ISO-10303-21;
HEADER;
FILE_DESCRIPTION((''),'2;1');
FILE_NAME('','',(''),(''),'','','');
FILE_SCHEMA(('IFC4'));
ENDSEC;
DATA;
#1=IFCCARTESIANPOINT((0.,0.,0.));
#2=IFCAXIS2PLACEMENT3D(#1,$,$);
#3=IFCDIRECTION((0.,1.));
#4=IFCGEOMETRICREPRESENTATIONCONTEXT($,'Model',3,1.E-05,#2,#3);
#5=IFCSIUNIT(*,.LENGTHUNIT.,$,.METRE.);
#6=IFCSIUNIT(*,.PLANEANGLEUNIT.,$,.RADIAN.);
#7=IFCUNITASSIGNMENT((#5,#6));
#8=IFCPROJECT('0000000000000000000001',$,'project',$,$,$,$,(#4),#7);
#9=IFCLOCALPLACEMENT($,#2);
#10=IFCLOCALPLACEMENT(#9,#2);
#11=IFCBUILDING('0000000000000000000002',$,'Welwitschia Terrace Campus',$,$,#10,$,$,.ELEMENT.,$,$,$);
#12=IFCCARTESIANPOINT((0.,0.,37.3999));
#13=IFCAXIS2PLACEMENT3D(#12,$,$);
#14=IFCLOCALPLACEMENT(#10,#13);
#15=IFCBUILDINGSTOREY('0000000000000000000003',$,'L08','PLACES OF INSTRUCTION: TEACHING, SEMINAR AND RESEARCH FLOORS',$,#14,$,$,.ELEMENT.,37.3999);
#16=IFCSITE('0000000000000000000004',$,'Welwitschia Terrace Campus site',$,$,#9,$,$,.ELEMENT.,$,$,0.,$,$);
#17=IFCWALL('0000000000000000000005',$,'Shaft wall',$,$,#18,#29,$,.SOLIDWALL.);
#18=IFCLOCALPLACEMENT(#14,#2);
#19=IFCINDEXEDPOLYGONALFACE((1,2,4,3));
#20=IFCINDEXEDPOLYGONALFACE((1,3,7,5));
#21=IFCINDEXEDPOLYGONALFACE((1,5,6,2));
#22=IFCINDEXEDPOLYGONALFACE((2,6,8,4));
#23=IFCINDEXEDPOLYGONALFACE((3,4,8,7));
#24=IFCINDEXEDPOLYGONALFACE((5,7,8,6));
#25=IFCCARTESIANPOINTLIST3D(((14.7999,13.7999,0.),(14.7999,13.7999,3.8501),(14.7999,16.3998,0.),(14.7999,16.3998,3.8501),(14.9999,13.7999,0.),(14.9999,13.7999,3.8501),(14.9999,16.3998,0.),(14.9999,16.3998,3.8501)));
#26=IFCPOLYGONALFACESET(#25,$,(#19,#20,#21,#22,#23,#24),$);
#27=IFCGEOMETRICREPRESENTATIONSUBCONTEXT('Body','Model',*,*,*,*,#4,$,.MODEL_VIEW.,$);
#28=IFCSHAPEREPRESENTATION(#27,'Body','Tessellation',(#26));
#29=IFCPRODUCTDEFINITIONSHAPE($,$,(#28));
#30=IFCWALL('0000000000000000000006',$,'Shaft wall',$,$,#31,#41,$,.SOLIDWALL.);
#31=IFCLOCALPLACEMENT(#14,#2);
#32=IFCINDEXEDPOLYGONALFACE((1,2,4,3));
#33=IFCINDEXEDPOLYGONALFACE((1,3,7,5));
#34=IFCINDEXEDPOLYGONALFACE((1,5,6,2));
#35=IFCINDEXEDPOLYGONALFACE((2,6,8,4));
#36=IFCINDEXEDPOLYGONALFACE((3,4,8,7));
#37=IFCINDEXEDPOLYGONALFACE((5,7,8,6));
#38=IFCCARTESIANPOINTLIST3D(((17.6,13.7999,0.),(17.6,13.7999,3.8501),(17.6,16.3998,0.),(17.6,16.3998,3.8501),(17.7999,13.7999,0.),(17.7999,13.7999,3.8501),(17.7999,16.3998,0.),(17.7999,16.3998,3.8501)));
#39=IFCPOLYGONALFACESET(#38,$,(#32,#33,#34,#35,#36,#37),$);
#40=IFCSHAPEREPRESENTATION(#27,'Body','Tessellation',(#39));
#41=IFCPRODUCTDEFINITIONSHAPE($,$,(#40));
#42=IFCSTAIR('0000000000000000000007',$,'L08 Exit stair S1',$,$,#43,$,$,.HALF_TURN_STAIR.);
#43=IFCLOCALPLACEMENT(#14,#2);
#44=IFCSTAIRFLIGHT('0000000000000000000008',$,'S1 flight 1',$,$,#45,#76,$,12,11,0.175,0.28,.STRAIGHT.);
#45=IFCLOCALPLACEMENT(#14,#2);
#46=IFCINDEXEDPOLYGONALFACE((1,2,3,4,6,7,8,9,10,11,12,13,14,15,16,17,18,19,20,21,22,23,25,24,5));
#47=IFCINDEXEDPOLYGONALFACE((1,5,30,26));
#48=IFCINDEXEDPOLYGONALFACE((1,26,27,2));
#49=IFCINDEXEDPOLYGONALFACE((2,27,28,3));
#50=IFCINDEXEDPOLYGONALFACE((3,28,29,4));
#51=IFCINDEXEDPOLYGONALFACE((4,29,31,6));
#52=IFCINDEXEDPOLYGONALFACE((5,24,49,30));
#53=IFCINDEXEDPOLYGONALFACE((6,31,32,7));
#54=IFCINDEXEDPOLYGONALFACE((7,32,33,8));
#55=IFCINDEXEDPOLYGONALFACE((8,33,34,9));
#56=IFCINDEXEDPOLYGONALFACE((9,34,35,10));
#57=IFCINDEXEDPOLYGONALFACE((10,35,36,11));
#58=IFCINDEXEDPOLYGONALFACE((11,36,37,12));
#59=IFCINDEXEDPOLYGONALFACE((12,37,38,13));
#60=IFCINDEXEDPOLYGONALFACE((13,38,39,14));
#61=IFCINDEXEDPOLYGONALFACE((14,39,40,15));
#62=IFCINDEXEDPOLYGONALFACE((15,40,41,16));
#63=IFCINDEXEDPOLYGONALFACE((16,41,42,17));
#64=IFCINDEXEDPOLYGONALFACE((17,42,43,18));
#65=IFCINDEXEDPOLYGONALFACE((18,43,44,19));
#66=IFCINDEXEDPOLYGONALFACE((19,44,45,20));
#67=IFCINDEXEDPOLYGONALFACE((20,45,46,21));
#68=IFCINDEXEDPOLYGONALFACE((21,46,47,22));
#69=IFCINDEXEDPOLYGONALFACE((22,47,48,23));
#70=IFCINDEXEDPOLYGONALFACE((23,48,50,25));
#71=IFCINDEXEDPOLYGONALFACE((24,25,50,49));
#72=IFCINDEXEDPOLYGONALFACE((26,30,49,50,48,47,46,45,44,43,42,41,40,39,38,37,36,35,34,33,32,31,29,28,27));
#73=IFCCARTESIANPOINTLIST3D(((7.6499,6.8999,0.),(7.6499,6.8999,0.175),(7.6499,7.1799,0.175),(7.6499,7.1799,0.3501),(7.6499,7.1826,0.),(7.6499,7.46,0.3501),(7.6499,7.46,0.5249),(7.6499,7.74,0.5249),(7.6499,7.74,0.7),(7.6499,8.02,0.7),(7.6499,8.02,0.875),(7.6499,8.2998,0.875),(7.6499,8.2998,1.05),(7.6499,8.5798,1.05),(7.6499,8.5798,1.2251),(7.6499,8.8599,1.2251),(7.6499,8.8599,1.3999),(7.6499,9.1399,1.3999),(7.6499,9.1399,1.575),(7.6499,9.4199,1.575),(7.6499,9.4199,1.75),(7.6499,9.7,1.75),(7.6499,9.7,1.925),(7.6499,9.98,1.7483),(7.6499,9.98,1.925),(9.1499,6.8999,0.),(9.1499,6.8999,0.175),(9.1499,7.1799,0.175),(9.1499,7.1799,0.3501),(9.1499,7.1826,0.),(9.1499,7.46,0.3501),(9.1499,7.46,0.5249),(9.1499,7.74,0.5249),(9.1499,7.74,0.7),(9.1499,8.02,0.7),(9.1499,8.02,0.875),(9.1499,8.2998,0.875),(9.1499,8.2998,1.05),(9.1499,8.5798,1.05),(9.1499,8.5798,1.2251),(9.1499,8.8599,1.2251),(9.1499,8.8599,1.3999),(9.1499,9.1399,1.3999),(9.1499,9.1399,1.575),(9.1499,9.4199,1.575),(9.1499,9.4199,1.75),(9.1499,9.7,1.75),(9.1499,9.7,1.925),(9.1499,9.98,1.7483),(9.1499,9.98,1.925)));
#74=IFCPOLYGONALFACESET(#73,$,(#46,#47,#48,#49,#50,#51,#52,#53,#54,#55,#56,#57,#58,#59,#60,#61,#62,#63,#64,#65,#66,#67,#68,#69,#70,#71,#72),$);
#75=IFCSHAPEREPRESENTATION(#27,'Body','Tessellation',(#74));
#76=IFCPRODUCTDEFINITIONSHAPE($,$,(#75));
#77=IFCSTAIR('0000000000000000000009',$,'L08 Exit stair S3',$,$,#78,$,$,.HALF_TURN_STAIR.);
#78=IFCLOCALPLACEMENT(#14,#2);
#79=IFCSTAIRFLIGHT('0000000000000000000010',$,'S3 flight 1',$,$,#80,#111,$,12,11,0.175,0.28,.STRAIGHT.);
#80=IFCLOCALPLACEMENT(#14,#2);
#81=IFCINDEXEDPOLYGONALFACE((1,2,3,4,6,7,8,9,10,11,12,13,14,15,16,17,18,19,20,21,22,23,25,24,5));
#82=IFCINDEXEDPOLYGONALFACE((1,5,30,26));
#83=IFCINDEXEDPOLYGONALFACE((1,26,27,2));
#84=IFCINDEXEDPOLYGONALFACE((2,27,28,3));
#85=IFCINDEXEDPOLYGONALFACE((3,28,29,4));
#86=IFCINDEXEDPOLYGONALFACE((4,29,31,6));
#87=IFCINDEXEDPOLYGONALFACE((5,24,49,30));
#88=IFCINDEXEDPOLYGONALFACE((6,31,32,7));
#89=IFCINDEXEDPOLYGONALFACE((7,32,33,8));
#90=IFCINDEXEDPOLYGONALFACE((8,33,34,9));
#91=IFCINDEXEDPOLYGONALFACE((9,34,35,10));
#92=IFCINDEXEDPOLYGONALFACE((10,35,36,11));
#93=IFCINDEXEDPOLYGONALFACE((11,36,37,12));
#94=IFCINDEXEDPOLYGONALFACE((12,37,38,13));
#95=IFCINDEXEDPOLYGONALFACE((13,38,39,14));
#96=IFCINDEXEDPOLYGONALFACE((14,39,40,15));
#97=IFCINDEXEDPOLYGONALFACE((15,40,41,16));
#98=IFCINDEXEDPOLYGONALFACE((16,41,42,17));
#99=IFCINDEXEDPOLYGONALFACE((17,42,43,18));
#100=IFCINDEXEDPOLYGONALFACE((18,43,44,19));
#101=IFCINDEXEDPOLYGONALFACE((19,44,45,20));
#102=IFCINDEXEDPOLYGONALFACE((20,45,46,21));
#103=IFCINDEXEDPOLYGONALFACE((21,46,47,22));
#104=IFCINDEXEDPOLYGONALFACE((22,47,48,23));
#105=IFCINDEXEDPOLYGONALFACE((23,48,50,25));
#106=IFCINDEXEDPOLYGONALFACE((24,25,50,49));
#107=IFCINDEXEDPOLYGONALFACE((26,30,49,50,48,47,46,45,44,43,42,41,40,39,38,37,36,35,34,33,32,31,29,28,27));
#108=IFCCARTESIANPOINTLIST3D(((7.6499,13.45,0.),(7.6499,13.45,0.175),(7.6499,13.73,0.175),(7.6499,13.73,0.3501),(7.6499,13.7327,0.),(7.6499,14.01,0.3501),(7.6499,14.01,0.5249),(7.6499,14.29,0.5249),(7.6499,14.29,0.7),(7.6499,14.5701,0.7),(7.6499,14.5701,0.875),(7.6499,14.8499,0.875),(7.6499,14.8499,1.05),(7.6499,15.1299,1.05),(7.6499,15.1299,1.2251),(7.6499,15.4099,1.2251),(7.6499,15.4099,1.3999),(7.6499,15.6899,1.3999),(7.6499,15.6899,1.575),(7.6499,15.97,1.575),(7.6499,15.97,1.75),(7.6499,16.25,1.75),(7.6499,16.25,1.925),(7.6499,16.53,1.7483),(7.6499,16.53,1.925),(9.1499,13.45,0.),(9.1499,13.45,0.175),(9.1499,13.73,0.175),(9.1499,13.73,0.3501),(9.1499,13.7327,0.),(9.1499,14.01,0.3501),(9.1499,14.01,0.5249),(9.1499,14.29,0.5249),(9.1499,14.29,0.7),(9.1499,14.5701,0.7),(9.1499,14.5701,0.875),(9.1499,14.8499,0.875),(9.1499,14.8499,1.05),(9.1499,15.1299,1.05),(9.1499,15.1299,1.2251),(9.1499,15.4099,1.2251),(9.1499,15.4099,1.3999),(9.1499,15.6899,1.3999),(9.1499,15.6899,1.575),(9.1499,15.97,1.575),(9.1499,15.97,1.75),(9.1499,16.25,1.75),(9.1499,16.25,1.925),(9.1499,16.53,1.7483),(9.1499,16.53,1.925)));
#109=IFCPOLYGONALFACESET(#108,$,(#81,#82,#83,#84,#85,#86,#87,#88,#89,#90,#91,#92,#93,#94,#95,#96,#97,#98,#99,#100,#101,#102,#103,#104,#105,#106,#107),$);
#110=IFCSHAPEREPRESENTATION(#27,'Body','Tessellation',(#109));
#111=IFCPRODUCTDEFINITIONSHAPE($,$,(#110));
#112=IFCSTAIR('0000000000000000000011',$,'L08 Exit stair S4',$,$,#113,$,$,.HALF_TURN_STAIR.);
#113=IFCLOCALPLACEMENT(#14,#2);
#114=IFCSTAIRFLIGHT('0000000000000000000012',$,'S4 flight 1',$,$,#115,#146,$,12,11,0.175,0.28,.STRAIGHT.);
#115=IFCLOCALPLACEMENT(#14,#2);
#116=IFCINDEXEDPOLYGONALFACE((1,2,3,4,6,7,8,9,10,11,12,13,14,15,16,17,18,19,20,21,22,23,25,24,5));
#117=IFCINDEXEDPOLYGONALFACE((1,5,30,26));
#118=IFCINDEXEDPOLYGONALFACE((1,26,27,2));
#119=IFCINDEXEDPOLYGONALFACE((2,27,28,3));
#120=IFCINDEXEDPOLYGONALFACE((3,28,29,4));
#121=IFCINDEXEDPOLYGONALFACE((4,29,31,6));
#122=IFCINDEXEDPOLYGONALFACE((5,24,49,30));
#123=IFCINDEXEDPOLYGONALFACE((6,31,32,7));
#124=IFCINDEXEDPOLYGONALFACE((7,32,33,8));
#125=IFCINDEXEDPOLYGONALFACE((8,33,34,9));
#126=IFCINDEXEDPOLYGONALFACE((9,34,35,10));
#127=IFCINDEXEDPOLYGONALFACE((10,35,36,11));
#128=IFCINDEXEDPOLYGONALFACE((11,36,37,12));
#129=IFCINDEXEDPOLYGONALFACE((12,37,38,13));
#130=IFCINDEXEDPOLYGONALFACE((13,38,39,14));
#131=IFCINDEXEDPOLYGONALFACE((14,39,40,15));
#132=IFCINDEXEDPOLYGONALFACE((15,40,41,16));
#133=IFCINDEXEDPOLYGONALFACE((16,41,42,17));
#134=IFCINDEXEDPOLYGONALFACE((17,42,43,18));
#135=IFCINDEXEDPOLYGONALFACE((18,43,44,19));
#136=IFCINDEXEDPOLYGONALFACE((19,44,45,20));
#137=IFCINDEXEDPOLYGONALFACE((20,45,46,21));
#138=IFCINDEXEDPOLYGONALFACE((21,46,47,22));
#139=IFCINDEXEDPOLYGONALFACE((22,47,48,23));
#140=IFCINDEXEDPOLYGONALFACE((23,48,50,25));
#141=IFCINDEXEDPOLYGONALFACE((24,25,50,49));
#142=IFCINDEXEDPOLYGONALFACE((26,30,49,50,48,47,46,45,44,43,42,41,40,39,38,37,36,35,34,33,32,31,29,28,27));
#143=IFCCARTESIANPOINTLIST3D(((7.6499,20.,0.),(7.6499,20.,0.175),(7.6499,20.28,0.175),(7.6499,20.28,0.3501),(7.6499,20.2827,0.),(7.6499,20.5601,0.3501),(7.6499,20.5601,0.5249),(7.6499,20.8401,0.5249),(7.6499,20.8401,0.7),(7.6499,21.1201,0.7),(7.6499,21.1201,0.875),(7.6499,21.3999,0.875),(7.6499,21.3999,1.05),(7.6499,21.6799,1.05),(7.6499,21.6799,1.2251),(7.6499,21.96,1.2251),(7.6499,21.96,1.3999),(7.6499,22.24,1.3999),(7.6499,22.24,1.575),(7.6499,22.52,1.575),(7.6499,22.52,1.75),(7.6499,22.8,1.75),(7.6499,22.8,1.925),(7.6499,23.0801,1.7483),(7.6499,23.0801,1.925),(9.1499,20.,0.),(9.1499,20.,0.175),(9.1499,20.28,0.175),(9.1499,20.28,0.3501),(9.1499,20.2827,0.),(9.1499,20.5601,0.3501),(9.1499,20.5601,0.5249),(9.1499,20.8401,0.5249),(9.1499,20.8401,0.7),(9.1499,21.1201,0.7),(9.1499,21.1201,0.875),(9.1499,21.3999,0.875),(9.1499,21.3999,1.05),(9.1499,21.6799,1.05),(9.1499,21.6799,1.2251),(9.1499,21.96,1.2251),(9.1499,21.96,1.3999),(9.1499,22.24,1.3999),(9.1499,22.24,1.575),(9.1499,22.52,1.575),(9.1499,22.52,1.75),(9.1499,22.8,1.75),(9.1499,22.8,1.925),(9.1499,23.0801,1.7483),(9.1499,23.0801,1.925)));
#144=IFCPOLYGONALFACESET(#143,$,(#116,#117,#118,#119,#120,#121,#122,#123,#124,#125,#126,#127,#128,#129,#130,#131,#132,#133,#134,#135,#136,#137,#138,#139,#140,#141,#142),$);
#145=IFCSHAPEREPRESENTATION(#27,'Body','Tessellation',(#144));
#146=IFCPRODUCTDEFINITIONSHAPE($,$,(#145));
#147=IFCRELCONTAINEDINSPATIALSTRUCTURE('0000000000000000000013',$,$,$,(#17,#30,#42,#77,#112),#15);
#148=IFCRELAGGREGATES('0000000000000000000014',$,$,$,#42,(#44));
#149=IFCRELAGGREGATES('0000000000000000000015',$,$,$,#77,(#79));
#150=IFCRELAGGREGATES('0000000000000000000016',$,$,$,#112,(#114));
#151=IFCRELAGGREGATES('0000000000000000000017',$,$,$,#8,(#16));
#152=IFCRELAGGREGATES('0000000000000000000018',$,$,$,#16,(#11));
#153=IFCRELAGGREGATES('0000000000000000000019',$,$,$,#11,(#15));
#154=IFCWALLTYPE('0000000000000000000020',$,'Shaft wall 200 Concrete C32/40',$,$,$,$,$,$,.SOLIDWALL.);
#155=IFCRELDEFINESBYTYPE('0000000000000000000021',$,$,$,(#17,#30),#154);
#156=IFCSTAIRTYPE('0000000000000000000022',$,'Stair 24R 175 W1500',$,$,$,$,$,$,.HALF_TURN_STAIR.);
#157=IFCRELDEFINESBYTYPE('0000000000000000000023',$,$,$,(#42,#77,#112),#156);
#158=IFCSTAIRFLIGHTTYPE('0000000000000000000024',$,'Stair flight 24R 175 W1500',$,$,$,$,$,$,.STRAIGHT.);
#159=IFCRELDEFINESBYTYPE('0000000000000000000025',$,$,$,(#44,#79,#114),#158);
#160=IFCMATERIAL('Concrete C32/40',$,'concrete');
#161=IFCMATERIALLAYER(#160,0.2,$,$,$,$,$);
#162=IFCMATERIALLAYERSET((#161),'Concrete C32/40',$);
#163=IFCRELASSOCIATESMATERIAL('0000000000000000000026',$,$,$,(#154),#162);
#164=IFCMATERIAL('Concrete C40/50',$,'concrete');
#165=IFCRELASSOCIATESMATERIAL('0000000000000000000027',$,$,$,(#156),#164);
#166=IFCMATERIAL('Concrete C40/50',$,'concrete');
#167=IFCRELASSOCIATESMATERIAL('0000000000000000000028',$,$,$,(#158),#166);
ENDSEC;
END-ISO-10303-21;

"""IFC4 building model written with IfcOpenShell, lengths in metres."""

from ifc_helpers import new_model, si_unit, direction, frame, frame_2d, origin, place, context, subcontext, project, spatial, polyline, rectangle, outline, extrude, material, layer, layer_set, type_object, element, aggregate, save


model = new_model("IFC4")

# Units and contexts
model_context = context("Model", 3, precision=1e-05, world=origin(), true_north=direction((0.0, 1.0)))
body_context = subcontext(model_context, "Body", "Model", "MODEL_VIEW")
ifc_project = project(units=[si_unit("LENGTHUNIT", "METRE"), si_unit("PLANEANGLEUNIT", "RADIAN")], contexts=[model_context])

# Site, building, storey
site_placement = place(None, origin())
site = spatial("IfcSite", under=ifc_project, at=site_placement, Name="Welwitschia Terrace Campus site", CompositionType="ELEMENT", RefElevation=0.0)
building_placement = place(site_placement, origin())
building = spatial("IfcBuilding", under=site, at=building_placement, Name="Welwitschia Terrace Campus", CompositionType="ELEMENT")
storey_placement = place(building_placement, frame((0.0, 0.0, 37.3999)))
storey = spatial("IfcBuildingStorey", under=building, at=storey_placement, Name="L08", Description="PLACES OF INSTRUCTION: TEACHING, SEMINAR AND RESEARCH FLOORS", CompositionType="ELEMENT", Elevation=37.3999)

# Walls
ifc_material_1 = material(Name="Concrete C32/40", Category="concrete")
ifc_layer_1 = layer(ifc_material_1, 0.2)
ifc_layer_set_1 = layer_set([ifc_layer_1], Name="Concrete C32/40")
wall_type_1 = type_object("IfcWallType", Name="Shaft wall 200 Concrete C32/40", PredefinedType="SOLIDWALL", material=ifc_layer_set_1)
for number, where, z_axis, x_axis, name in (
    (1, (14.8999, 13.8, 0.0), (0.0, 0.0, 1.0), (0.0, 1.0, 0.0), "Shaft wall"),
    (2, (17.7, 13.8, 0.0), (0.0, 0.0, 1.0), (0.0, 1.0, 0.0), "Shaft wall"),
):
    element("IfcWall", number, at=place(storey_placement, frame(where, z_axis=z_axis, x_axis=x_axis)), inside=storey, type_object=wall_type_1, Name=name, PredefinedType="SOLIDWALL", context=body_context, shape_type="SweptSolid", body=[
        extrude(rectangle(XDim=2.5999, YDim=0.2, at=frame_2d((1.2998, 0.0))), origin(), (0.0, 0.0, 1.0), 3.8501),
    ])

# Stairs, stair flights
ifc_material_2 = material(Name="Concrete C40/50", Category="concrete")
stair_type = type_object("IfcStairType", Name="Stair 24R 175 W1500", PredefinedType="HALF_TURN_STAIR", material=ifc_material_2)
stair_1_placement = place(storey_placement, origin())
stair_1 = element("IfcStair", 3, at=stair_1_placement, inside=storey, type_object=stair_type, Name="L08 Exit stair S1", PredefinedType="HALF_TURN_STAIR")
ifc_material_3 = material(Name="Concrete C40/50", Category="concrete")
stair_flight_type = type_object("IfcStairFlightType", Name="Stair flight 24R 175 W1500", PredefinedType="STRAIGHT", material=ifc_material_3)
stair_flight_1_placement = place(storey_placement, frame((8.3999, 6.8999, 0.0), z_axis=(0.0, 0.0, 1.0), x_axis=(0.0, 1.0, 0.0)))
stair_flight_1 = element("IfcStairFlight", 4, at=stair_flight_1_placement, type_object=stair_flight_type, Name="S1 flight 1", NumberOfRisers=12, NumberOfTreads=11, PredefinedType="STRAIGHT", RiserHeight=0.175, TreadLength=0.28, context=body_context, shape_type="SweptSolid", body=[
    extrude(outline(polyline([(0.0, 0.0), (0.0, 0.175), (0.28, 0.175), (0.28, 0.3501), (0.5601, 0.3501), (0.5601, 0.5249), (0.8401, 0.5249), (0.8401, 0.7), (1.1201, 0.7), (1.1201, 0.875), (1.3999, 0.875), (1.3999, 1.05), (1.6799, 1.05), (1.6799, 1.2251), (1.96, 1.2251), (1.96, 1.3999), (2.24, 1.3999), (2.24, 1.575), (2.52, 1.575), (2.52, 1.75), (2.8, 1.75), (2.8, 1.925), (3.0801, 1.925), (3.0801, 2.1001), (3.0801, 1.7483), (0.2827, 0.0), (0.0, 0.0)])), frame((0.0, 0.75, 0.0), z_axis=(0.0, -1.0, 0.0), x_axis=(1.0, 0.0, 0.0)), (0.0, 0.0, 1.0), 1.5),
])
aggregate(stair_1, [stair_flight_1])
stair_2_placement = place(storey_placement, origin())
stair_2 = element("IfcStair", 5, at=stair_2_placement, inside=storey, type_object=stair_type, Name="L08 Exit stair S3", PredefinedType="HALF_TURN_STAIR")
stair_flight_2_placement = place(storey_placement, frame((8.3999, 13.45, 0.0), z_axis=(0.0, 0.0, 1.0), x_axis=(0.0, 1.0, 0.0)))
stair_flight_2 = element("IfcStairFlight", 6, at=stair_flight_2_placement, type_object=stair_flight_type, Name="S3 flight 1", NumberOfRisers=12, NumberOfTreads=11, PredefinedType="STRAIGHT", RiserHeight=0.175, TreadLength=0.28, context=body_context, shape_type="SweptSolid", body=[
    extrude(outline(polyline([(0.0, 0.0), (0.0, 0.175), (0.28, 0.175), (0.28, 0.3501), (0.5601, 0.3501), (0.5601, 0.5249), (0.8401, 0.5249), (0.8401, 0.7), (1.1201, 0.7), (1.1201, 0.875), (1.3999, 0.875), (1.3999, 1.05), (1.6799, 1.05), (1.6799, 1.2251), (1.96, 1.2251), (1.96, 1.3999), (2.24, 1.3999), (2.24, 1.575), (2.52, 1.575), (2.52, 1.75), (2.8, 1.75), (2.8, 1.925), (3.0801, 1.925), (3.0801, 2.1001), (3.0801, 1.7483), (0.2827, 0.0), (0.0, 0.0)])), frame((0.0, 0.75, 0.0), z_axis=(0.0, -1.0, 0.0), x_axis=(1.0, 0.0, 0.0)), (0.0, 0.0, 1.0), 1.5),
])
aggregate(stair_2, [stair_flight_2])
stair_3_placement = place(storey_placement, origin())
stair_3 = element("IfcStair", 7, at=stair_3_placement, inside=storey, type_object=stair_type, Name="L08 Exit stair S4", PredefinedType="HALF_TURN_STAIR")
stair_flight_3_placement = place(storey_placement, frame((8.3999, 20.0, 0.0), z_axis=(0.0, 0.0, 1.0), x_axis=(0.0, 1.0, 0.0)))
stair_flight_3 = element("IfcStairFlight", 8, at=stair_flight_3_placement, type_object=stair_flight_type, Name="S4 flight 1", NumberOfRisers=12, NumberOfTreads=11, PredefinedType="STRAIGHT", RiserHeight=0.175, TreadLength=0.28, context=body_context, shape_type="SweptSolid", body=[
    extrude(outline(polyline([(0.0, 0.0), (0.0, 0.175), (0.28, 0.175), (0.28, 0.3501), (0.5601, 0.3501), (0.5601, 0.5249), (0.8401, 0.5249), (0.8401, 0.7), (1.1201, 0.7), (1.1201, 0.875), (1.3999, 0.875), (1.3999, 1.05), (1.6799, 1.05), (1.6799, 1.2251), (1.96, 1.2251), (1.96, 1.3999), (2.24, 1.3999), (2.24, 1.575), (2.52, 1.575), (2.52, 1.75), (2.8, 1.75), (2.8, 1.925), (3.0801, 1.925), (3.0801, 2.1001), (3.0801, 1.7483), (0.2827, 0.0), (0.0, 0.0)])), frame((0.0, 0.75, 0.0), z_axis=(0.0, -1.0, 0.0), x_axis=(1.0, 0.0, 0.0)), (0.0, 0.0, 1.0), 1.5),
])
aggregate(stair_3, [stair_flight_3])

save(model, "model.ifc")
